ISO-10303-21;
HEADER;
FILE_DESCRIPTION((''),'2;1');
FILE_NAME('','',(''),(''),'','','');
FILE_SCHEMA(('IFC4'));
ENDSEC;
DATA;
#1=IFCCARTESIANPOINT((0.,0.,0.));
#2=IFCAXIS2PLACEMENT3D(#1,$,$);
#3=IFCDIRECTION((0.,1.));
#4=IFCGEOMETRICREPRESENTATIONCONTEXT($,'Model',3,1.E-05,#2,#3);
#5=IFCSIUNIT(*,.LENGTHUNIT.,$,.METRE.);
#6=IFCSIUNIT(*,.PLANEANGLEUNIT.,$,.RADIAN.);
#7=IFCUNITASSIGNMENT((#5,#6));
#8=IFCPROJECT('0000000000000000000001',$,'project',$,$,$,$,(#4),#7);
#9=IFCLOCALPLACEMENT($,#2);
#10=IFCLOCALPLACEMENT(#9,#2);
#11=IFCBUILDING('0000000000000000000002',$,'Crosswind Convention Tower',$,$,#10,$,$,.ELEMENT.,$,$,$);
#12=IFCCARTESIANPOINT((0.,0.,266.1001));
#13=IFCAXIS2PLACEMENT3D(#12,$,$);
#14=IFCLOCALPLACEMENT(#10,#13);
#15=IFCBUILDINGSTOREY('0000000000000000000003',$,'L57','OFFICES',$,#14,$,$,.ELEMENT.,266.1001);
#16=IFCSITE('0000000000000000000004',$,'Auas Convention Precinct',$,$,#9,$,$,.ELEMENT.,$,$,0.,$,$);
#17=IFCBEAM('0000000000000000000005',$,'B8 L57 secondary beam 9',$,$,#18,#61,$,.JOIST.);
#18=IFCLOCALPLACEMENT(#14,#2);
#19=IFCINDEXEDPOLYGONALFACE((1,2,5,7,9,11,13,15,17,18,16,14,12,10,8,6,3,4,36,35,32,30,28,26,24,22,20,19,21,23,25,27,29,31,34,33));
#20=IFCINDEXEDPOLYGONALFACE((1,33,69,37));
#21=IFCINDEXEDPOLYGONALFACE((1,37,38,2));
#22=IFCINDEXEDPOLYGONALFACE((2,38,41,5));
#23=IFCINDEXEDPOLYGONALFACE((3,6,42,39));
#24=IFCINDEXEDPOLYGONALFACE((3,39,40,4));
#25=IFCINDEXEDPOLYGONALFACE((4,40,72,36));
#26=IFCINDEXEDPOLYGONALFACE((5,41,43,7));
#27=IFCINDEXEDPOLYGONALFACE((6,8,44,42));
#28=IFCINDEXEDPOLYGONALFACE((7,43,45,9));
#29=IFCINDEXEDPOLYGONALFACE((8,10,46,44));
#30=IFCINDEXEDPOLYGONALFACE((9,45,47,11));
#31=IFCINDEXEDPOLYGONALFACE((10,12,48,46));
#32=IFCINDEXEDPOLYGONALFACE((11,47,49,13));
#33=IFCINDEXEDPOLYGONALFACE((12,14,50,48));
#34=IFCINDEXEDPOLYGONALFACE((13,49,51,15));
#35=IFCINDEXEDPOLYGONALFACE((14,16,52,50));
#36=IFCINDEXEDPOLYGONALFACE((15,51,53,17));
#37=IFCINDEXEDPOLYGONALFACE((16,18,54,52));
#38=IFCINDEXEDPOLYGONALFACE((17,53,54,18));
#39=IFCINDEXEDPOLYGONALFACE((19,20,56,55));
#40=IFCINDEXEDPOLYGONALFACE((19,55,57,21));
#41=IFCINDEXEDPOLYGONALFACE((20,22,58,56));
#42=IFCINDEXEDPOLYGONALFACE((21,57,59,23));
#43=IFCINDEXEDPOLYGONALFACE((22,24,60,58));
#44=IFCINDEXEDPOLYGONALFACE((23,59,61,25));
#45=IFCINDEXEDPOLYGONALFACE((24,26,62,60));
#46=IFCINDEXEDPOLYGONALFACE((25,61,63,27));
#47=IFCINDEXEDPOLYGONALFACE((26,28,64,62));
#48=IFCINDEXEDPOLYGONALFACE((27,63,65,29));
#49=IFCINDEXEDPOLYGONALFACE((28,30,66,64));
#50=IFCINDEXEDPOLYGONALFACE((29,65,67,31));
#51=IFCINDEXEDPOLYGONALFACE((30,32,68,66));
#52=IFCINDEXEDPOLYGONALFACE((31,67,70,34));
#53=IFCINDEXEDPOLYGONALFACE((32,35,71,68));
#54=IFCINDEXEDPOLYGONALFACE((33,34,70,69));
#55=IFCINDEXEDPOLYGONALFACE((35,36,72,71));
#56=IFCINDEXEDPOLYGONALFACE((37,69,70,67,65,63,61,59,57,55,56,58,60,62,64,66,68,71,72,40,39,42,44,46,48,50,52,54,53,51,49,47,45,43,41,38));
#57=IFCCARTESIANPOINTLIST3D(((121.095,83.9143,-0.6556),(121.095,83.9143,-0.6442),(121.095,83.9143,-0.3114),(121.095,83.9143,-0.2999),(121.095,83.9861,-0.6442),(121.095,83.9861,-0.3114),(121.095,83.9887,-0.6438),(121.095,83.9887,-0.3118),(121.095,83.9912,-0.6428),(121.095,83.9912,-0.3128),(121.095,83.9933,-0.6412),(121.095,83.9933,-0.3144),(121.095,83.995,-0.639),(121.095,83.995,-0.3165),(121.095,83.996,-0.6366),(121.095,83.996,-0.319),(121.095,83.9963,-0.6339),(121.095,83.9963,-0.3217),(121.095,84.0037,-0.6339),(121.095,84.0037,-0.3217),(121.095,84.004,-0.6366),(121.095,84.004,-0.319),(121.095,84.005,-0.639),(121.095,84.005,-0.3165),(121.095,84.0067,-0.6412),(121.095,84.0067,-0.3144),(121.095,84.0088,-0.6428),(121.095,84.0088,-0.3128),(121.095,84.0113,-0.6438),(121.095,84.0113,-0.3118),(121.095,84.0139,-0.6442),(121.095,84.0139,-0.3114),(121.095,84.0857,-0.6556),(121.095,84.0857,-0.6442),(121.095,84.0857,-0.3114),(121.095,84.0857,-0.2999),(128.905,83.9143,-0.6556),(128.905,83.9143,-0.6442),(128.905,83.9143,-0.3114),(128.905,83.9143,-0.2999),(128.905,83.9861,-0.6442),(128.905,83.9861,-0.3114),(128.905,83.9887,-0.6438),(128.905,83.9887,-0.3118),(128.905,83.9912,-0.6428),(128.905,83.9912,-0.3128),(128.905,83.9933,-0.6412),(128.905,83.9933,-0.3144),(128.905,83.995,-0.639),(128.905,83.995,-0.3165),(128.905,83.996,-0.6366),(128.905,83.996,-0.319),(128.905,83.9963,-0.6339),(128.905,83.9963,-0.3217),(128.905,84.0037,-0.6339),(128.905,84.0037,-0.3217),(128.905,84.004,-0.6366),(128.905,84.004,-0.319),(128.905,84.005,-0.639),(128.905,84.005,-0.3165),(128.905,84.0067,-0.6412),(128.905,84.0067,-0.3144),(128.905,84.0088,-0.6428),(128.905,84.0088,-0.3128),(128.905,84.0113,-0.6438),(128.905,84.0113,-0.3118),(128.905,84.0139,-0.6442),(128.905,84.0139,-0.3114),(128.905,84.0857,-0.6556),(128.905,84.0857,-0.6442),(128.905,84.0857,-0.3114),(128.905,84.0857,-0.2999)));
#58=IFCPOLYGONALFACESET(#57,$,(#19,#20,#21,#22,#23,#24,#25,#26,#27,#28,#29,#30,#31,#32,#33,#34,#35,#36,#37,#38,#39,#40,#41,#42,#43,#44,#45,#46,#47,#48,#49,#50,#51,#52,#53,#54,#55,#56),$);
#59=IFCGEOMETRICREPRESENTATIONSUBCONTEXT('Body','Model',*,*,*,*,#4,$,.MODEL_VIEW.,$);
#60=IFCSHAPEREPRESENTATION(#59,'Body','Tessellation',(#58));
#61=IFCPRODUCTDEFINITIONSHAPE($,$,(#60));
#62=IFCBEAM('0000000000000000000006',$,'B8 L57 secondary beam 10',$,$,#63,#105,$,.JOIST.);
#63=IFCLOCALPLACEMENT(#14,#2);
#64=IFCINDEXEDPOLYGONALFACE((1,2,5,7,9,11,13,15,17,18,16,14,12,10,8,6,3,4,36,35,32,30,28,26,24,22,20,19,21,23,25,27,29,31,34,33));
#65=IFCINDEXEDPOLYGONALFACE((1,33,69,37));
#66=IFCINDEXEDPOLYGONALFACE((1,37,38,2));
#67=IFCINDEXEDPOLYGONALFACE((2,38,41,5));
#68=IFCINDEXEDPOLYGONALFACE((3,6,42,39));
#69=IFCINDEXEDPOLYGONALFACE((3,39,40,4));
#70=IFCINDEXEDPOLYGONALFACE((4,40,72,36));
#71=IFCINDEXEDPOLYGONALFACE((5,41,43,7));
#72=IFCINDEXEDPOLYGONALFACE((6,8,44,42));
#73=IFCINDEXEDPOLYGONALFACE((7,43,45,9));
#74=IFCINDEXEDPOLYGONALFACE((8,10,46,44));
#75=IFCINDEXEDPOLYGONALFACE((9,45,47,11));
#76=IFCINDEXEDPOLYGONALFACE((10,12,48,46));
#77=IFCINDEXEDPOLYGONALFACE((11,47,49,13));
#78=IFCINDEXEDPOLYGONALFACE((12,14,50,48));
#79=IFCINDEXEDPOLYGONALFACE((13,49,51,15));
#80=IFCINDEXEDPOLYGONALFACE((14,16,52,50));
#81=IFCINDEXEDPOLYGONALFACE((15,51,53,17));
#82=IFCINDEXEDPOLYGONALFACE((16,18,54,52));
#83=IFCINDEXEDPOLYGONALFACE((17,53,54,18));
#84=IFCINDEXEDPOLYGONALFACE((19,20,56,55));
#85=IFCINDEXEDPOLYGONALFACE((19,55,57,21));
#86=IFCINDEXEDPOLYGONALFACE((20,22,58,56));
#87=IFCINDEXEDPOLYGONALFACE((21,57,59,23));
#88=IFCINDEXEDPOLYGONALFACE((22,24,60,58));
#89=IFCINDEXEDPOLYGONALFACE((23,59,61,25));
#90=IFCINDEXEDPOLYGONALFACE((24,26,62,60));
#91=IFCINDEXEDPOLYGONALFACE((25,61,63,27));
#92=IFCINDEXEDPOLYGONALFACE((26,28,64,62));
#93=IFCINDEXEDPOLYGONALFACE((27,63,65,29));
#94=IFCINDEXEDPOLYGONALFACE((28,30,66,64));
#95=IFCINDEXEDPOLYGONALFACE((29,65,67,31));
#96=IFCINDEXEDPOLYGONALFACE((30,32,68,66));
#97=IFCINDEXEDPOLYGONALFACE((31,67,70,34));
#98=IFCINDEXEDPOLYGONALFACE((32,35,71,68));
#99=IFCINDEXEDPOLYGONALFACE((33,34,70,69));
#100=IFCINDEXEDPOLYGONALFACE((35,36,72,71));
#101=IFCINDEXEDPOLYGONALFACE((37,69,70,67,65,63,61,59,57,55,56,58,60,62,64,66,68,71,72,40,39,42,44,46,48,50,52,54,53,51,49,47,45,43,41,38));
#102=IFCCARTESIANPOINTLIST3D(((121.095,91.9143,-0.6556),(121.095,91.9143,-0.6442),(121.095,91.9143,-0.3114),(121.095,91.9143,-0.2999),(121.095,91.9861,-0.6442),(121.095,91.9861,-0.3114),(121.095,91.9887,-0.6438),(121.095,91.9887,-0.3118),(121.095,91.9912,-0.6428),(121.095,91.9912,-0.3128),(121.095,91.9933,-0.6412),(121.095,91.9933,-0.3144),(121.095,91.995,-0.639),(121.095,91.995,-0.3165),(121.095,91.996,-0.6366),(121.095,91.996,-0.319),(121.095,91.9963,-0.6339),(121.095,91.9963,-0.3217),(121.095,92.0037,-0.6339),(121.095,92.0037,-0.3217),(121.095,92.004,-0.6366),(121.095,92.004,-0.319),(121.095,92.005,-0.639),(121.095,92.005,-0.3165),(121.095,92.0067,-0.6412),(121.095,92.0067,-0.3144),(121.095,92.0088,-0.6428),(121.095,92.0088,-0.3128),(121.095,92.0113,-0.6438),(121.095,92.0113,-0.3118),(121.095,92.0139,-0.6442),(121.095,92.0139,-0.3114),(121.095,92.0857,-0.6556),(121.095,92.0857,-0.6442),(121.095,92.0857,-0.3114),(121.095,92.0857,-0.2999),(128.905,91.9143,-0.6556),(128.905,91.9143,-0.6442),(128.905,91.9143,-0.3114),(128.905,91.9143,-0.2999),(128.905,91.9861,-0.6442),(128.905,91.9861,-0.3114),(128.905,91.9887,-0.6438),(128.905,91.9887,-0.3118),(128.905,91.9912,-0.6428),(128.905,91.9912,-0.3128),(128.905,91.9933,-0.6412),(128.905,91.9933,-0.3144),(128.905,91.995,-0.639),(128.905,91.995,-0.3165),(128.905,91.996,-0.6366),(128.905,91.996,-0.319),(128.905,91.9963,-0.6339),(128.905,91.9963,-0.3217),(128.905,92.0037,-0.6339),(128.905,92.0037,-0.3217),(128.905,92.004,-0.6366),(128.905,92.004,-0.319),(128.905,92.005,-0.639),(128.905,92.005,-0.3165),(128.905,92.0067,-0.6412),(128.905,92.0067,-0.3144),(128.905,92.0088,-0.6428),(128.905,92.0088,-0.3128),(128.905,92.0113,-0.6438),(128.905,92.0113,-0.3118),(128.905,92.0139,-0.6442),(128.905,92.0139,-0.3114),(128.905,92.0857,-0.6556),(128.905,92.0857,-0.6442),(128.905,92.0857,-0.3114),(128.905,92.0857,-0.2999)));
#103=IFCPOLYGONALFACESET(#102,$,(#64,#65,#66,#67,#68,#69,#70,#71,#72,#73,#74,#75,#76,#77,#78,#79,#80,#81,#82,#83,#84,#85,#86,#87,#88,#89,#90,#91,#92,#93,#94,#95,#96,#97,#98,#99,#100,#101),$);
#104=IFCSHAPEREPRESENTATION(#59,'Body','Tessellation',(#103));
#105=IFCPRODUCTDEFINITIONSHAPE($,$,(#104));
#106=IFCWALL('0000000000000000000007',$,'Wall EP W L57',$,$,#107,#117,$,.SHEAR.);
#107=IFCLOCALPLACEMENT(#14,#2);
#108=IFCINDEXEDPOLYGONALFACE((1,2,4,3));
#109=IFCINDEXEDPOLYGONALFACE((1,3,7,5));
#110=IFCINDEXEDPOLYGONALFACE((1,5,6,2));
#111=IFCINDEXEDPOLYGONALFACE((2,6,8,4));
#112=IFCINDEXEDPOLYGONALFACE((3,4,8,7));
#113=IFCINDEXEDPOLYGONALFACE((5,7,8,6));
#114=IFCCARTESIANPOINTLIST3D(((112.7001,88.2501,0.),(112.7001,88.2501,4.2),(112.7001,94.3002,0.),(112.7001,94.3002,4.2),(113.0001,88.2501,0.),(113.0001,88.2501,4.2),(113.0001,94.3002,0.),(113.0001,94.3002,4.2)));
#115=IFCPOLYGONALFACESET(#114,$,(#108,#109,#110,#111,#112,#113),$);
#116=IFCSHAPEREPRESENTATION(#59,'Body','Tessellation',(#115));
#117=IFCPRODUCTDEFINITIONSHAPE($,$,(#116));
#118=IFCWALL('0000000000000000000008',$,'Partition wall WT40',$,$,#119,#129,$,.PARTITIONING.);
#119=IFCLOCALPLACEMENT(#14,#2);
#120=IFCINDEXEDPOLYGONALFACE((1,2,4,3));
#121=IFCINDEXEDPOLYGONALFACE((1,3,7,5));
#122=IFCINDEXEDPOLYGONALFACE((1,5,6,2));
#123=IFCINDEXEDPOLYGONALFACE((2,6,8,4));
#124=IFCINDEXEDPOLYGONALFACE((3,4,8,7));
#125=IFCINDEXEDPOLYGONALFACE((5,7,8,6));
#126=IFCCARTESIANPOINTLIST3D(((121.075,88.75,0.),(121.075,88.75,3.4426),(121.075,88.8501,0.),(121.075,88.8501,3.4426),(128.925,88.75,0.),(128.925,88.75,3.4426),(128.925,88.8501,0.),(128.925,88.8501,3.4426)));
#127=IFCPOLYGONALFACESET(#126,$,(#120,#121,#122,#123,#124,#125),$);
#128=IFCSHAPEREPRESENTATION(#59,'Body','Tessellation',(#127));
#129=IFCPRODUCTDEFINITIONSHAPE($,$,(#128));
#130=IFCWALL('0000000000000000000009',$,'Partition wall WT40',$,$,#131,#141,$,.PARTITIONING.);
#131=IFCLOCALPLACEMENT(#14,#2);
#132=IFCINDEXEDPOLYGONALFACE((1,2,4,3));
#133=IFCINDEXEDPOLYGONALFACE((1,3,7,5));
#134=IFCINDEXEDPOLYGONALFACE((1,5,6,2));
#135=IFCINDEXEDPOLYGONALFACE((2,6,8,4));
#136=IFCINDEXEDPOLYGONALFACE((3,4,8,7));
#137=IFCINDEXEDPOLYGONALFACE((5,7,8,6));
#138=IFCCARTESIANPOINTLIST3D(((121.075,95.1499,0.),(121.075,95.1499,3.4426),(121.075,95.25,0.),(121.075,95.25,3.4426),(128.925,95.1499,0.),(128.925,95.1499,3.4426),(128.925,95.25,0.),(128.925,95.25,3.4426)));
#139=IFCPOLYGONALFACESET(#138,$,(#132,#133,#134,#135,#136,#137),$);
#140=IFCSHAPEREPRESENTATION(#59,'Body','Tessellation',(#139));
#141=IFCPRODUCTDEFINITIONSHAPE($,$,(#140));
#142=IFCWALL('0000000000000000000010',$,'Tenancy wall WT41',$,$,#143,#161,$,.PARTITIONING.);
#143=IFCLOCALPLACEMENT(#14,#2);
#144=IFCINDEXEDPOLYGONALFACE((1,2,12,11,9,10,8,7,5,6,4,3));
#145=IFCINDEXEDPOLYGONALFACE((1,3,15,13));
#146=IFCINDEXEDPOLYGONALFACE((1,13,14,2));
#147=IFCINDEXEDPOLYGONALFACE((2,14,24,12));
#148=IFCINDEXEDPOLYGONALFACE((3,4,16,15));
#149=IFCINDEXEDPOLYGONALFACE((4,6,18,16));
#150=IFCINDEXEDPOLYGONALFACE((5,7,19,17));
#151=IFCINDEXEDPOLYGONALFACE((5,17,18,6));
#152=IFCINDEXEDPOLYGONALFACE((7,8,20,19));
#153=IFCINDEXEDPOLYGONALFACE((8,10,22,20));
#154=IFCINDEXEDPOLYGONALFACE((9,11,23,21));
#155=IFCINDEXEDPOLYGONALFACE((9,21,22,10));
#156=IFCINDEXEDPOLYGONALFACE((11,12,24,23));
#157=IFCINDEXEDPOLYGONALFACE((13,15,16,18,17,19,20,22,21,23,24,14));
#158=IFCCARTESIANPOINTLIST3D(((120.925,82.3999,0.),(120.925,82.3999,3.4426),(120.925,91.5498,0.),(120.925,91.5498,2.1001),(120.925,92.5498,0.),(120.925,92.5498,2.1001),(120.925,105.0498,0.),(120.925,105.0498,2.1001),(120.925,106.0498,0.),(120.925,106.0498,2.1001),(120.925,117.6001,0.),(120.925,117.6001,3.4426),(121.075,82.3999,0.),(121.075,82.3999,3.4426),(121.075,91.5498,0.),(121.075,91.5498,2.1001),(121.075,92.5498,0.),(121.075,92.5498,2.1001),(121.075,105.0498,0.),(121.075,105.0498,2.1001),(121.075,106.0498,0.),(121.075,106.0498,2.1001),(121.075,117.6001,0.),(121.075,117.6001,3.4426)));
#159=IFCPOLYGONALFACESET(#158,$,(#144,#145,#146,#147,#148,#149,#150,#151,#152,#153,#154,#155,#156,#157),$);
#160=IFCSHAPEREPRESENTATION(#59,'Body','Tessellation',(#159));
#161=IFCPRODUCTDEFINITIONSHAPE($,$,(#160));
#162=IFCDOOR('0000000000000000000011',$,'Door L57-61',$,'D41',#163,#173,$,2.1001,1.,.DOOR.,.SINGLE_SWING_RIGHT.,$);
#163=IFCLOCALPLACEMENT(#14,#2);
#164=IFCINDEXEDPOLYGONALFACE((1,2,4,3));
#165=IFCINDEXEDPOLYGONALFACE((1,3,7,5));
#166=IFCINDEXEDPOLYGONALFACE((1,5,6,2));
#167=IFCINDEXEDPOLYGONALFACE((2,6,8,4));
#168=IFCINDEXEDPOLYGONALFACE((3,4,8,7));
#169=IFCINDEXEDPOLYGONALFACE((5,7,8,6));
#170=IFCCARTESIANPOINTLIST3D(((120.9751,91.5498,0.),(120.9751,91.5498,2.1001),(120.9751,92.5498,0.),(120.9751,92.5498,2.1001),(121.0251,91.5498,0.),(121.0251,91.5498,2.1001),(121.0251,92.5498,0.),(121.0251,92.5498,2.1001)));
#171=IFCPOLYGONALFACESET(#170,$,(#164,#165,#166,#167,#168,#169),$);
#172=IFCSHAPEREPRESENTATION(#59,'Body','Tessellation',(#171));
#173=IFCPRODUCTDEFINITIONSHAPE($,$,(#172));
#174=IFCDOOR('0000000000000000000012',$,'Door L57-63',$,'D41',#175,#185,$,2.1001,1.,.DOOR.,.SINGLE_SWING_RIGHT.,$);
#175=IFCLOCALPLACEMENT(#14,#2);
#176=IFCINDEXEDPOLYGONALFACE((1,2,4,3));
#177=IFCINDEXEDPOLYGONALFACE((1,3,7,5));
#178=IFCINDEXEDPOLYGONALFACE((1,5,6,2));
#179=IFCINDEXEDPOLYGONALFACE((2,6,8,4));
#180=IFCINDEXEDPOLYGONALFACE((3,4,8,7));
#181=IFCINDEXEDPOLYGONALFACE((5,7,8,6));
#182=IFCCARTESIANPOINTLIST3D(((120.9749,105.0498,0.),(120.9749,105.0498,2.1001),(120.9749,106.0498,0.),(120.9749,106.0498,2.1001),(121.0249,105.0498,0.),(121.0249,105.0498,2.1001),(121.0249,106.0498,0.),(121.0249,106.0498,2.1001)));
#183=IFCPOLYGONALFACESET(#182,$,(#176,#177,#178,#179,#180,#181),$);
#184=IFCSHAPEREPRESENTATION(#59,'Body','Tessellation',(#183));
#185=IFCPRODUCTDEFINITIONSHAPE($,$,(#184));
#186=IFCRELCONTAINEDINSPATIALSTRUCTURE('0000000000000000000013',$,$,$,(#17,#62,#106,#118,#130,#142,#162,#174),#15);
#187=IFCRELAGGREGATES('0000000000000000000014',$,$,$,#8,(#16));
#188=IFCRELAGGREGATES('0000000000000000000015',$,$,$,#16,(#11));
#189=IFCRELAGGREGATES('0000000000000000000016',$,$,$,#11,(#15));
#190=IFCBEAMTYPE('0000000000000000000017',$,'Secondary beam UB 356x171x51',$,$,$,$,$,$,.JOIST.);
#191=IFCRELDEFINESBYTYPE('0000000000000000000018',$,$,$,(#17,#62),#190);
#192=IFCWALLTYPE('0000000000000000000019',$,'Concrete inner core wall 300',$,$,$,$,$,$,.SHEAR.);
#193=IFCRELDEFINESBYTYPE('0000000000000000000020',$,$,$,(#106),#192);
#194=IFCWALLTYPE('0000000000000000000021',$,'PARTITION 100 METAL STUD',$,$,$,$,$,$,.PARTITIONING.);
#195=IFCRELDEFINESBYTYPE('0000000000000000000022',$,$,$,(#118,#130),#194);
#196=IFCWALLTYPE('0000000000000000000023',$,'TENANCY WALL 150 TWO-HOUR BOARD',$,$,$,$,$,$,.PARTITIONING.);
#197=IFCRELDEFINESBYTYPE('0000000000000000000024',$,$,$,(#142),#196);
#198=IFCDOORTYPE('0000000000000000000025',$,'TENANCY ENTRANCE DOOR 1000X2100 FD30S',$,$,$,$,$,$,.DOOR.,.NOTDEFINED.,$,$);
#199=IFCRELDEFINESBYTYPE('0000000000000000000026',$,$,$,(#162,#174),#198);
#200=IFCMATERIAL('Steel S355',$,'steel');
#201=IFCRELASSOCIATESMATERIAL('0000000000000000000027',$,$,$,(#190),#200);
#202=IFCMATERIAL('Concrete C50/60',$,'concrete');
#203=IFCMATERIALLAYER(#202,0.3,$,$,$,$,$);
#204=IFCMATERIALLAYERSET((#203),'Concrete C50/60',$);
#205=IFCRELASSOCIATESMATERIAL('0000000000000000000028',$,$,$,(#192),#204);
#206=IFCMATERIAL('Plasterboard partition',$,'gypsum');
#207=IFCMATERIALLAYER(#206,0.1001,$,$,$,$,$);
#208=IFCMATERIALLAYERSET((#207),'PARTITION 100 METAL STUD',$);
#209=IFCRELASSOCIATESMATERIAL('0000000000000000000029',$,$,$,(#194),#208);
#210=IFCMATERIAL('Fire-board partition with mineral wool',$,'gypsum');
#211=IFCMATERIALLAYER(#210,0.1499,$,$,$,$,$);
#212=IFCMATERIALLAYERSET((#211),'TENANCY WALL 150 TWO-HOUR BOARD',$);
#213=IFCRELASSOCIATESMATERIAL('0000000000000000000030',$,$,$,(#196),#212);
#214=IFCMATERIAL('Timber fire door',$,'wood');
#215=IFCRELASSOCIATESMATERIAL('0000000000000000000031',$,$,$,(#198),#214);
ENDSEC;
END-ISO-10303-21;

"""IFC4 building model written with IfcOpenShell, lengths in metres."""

from ifc_helpers import new_model, si_unit, direction, frame, frame_2d, origin, origin_2d, place, context, subcontext, project, spatial, rectangle, i_section, extrude, material, layer, layer_set, material_profile, profile_set, type_object, element, fill, save


model = new_model("IFC4")

# Units and contexts
model_context = context("Model", 3, precision=1e-05, world=origin(), true_north=direction((0.0, 1.0)))
body_context = subcontext(model_context, "Body", "Model", "MODEL_VIEW")
ifc_project = project(units=[si_unit("LENGTHUNIT", "METRE"), si_unit("PLANEANGLEUNIT", "RADIAN")], contexts=[model_context])

# Site, building, storey
site_placement = place(None, origin())
site = spatial("IfcSite", under=ifc_project, at=site_placement, Name="Auas Convention Precinct", CompositionType="ELEMENT", RefElevation=0.0)
building_placement = place(site_placement, origin())
building = spatial("IfcBuilding", under=site, at=building_placement, Name="Crosswind Convention Tower", CompositionType="ELEMENT")
storey_placement = place(building_placement, frame((0.0, 0.0, 266.1001)))
storey = spatial("IfcBuildingStorey", under=building, at=storey_placement, Name="L57", Description="OFFICES", CompositionType="ELEMENT", Elevation=266.1001)

# Beams
ifc_material_1 = material(Name="Steel S355", Category="steel")
ifc_material_profile_1 = material_profile(ifc_material_1, i_section(OverallWidth=0.1714, OverallDepth=0.3557, WebThickness=0.0073, FlangeThickness=0.0115, FilletRadius=0.0103, at=origin_2d()), Name="UB 356x171x51")
ifc_profile_set_1 = profile_set([ifc_material_profile_1], Name="Steel S355")
beam_type_1 = type_object("IfcBeamType", Name="Secondary beam UB 356x171x51", PredefinedType="JOIST", material=ifc_profile_set_1)
for number, where, z_axis, x_axis, name in (
    (1, (121.095, 84.0, -0.4778), (1.0, 0.0, 0.0), (0.0, 1.0, 0.0), "B8 L57 secondary beam 9"),
    (2, (121.095, 92.0, -0.4778), (1.0, 0.0, 0.0), (0.0, 1.0, 0.0), "B8 L57 secondary beam 10"),
):
    element("IfcBeam", number, at=place(storey_placement, frame(where, z_axis=z_axis, x_axis=x_axis)), inside=storey, type_object=beam_type_1, Name=name, PredefinedType="JOIST", context=body_context, shape_type="SweptSolid", body=[
        extrude(i_section(OverallWidth=0.1714, OverallDepth=0.3557, WebThickness=0.0073, FlangeThickness=0.0115, FilletRadius=0.0103, at=origin_2d()), origin(), (0.0, 0.0, 1.0), 7.8101),
    ])

# Walls
ifc_material_2 = material(Name="Concrete C50/60", Category="concrete")
ifc_layer_1 = layer(ifc_material_2, 0.3)
ifc_layer_set_1 = layer_set([ifc_layer_1], Name="Concrete C50/60")
wall_type_1 = type_object("IfcWallType", Name="Concrete inner core wall 300", PredefinedType="SHEAR", material=ifc_layer_set_1)
wall_1_placement = place(storey_placement, frame((112.8501, 94.3, 0.0), z_axis=(0.0, 0.0, 1.0), x_axis=(0.0, -1.0, 0.0)))
element("IfcWall", 3, at=wall_1_placement, inside=storey, type_object=wall_type_1, Name="Wall EP W L57", PredefinedType="SHEAR", context=body_context, shape_type="SweptSolid", body=[
    extrude(rectangle(XDim=6.05, YDim=0.3, at=frame_2d((3.0249, 0.0))), origin(), (0.0, 0.0, 1.0), 4.2),
])
ifc_material_3 = material(Name="Plasterboard partition", Category="gypsum")
ifc_layer_2 = layer(ifc_material_3, 0.1001)
ifc_layer_set_2 = layer_set([ifc_layer_2], Name="PARTITION 100 METAL STUD")
wall_type_2 = type_object("IfcWallType", Name="PARTITION 100 METAL STUD", PredefinedType="PARTITIONING", material=ifc_layer_set_2)
for number, where, z_axis, x_axis, name in (
    (4, (121.075, 88.8, 0.0), (0.0, 0.0, 1.0), (1.0, 0.0, 0.0), "Partition wall WT40"),
    (5, (121.075, 95.2, 0.0), (0.0, 0.0, 1.0), (1.0, 0.0, 0.0), "Partition wall WT40"),
):
    element("IfcWall", number, at=place(storey_placement, frame(where, z_axis=z_axis, x_axis=x_axis)), inside=storey, type_object=wall_type_2, Name=name, PredefinedType="PARTITIONING", context=body_context, shape_type="SweptSolid", body=[
        extrude(rectangle(XDim=7.8501, YDim=0.1001, at=frame_2d((3.925, 0.0))), origin(), (0.0, 0.0, 1.0), 3.4426),
    ])

# Wall, openings, doors
ifc_material_4 = material(Name="Fire-board partition with mineral wool", Category="gypsum")
ifc_layer_3 = layer(ifc_material_4, 0.1499)
ifc_layer_set_3 = layer_set([ifc_layer_3], Name="TENANCY WALL 150 TWO-HOUR BOARD")
wall_type_3 = type_object("IfcWallType", Name="TENANCY WALL 150 TWO-HOUR BOARD", PredefinedType="PARTITIONING", material=ifc_layer_set_3)
wall_2_placement = place(storey_placement, frame((121.0, 82.3999, 0.0), z_axis=(0.0, 0.0, 1.0), x_axis=(0.0, 1.0, 0.0)))
wall_2 = element("IfcWall", 6, at=wall_2_placement, inside=storey, type_object=wall_type_3, Name="Tenancy wall WT41", PredefinedType="PARTITIONING", context=body_context, shape_type="SweptSolid", body=[
    extrude(rectangle(XDim=35.2002, YDim=0.1499, at=frame_2d((17.6001, 0.0))), origin(), (0.0, 0.0, 1.0), 3.4426),
])
opening_1_placement = place(wall_2_placement, frame((9.1499, 0.0, 0.0)))
opening_1 = element("IfcOpeningElement", 7, at=opening_1_placement, cuts=wall_2, PredefinedType="OPENING", context=body_context, shape_type="SweptSolid", body=[
    extrude(rectangle(XDim=1.0, YDim=2.1001, at=frame_2d((0.5, 1.05))), frame((0.0, 0.085, 0.0), z_axis=(0.0, -1.0, 0.0), x_axis=(1.0, 0.0, 0.0)), (0.0, 0.0, 1.0), 0.1699),
])
opening_2_placement = place(wall_2_placement, frame((22.6499, 0.0, 0.0)))
opening_2 = element("IfcOpeningElement", 8, at=opening_2_placement, cuts=wall_2, PredefinedType="OPENING", context=body_context, shape_type="SweptSolid", body=[
    extrude(rectangle(XDim=1.0, YDim=2.1001, at=frame_2d((0.5, 1.05))), frame((0.0, 0.085, 0.0), z_axis=(0.0, -1.0, 0.0), x_axis=(1.0, 0.0, 0.0)), (0.0, 0.0, 1.0), 0.1699),
])
ifc_material_5 = material(Name="Timber fire door", Category="wood")
door_type = type_object("IfcDoorType", Name="TENANCY ENTRANCE DOOR 1000X2100 FD30S", OperationType="NOTDEFINED", PredefinedType="DOOR", material=ifc_material_5)
door_1_placement = place(opening_1_placement, origin())
door_1 = element("IfcDoor", 9, at=door_1_placement, inside=storey, type_object=door_type, Name="Door L57-61", ObjectType="D41", OperationType="SINGLE_SWING_RIGHT", OverallHeight=2.1001, OverallWidth=1.0, PredefinedType="DOOR", context=body_context, shape_type="SweptSolid", body=[
    extrude(rectangle(XDim=1.0, YDim=2.1001, at=frame_2d((0.5, 1.05))), frame((0.0, 0.0249, 0.0), z_axis=(0.0, -1.0, 0.0), x_axis=(1.0, 0.0, 0.0)), (0.0, 0.0, 1.0), 0.05),
])
fill(opening_1, door_1)
door_2_placement = place(opening_2_placement, frame((1.0, 0.0, 0.0), z_axis=(0.0, 0.0, 1.0), x_axis=(-1.0, 0.0, 0.0)))
door_2 = element("IfcDoor", 10, at=door_2_placement, inside=storey, type_object=door_type, Name="Door L57-63", ObjectType="D41", OperationType="SINGLE_SWING_RIGHT", OverallHeight=2.1001, OverallWidth=1.0, PredefinedType="DOOR", context=body_context, shape_type="SweptSolid", body=[
    extrude(rectangle(XDim=1.0, YDim=2.1001, at=frame_2d((0.5, 1.05))), frame((0.0, 0.0249, 0.0), z_axis=(0.0, -1.0, 0.0), x_axis=(1.0, 0.0, 0.0)), (0.0, 0.0, 1.0), 0.05),
])
fill(opening_2, door_2)

save(model, "model.ifc")
